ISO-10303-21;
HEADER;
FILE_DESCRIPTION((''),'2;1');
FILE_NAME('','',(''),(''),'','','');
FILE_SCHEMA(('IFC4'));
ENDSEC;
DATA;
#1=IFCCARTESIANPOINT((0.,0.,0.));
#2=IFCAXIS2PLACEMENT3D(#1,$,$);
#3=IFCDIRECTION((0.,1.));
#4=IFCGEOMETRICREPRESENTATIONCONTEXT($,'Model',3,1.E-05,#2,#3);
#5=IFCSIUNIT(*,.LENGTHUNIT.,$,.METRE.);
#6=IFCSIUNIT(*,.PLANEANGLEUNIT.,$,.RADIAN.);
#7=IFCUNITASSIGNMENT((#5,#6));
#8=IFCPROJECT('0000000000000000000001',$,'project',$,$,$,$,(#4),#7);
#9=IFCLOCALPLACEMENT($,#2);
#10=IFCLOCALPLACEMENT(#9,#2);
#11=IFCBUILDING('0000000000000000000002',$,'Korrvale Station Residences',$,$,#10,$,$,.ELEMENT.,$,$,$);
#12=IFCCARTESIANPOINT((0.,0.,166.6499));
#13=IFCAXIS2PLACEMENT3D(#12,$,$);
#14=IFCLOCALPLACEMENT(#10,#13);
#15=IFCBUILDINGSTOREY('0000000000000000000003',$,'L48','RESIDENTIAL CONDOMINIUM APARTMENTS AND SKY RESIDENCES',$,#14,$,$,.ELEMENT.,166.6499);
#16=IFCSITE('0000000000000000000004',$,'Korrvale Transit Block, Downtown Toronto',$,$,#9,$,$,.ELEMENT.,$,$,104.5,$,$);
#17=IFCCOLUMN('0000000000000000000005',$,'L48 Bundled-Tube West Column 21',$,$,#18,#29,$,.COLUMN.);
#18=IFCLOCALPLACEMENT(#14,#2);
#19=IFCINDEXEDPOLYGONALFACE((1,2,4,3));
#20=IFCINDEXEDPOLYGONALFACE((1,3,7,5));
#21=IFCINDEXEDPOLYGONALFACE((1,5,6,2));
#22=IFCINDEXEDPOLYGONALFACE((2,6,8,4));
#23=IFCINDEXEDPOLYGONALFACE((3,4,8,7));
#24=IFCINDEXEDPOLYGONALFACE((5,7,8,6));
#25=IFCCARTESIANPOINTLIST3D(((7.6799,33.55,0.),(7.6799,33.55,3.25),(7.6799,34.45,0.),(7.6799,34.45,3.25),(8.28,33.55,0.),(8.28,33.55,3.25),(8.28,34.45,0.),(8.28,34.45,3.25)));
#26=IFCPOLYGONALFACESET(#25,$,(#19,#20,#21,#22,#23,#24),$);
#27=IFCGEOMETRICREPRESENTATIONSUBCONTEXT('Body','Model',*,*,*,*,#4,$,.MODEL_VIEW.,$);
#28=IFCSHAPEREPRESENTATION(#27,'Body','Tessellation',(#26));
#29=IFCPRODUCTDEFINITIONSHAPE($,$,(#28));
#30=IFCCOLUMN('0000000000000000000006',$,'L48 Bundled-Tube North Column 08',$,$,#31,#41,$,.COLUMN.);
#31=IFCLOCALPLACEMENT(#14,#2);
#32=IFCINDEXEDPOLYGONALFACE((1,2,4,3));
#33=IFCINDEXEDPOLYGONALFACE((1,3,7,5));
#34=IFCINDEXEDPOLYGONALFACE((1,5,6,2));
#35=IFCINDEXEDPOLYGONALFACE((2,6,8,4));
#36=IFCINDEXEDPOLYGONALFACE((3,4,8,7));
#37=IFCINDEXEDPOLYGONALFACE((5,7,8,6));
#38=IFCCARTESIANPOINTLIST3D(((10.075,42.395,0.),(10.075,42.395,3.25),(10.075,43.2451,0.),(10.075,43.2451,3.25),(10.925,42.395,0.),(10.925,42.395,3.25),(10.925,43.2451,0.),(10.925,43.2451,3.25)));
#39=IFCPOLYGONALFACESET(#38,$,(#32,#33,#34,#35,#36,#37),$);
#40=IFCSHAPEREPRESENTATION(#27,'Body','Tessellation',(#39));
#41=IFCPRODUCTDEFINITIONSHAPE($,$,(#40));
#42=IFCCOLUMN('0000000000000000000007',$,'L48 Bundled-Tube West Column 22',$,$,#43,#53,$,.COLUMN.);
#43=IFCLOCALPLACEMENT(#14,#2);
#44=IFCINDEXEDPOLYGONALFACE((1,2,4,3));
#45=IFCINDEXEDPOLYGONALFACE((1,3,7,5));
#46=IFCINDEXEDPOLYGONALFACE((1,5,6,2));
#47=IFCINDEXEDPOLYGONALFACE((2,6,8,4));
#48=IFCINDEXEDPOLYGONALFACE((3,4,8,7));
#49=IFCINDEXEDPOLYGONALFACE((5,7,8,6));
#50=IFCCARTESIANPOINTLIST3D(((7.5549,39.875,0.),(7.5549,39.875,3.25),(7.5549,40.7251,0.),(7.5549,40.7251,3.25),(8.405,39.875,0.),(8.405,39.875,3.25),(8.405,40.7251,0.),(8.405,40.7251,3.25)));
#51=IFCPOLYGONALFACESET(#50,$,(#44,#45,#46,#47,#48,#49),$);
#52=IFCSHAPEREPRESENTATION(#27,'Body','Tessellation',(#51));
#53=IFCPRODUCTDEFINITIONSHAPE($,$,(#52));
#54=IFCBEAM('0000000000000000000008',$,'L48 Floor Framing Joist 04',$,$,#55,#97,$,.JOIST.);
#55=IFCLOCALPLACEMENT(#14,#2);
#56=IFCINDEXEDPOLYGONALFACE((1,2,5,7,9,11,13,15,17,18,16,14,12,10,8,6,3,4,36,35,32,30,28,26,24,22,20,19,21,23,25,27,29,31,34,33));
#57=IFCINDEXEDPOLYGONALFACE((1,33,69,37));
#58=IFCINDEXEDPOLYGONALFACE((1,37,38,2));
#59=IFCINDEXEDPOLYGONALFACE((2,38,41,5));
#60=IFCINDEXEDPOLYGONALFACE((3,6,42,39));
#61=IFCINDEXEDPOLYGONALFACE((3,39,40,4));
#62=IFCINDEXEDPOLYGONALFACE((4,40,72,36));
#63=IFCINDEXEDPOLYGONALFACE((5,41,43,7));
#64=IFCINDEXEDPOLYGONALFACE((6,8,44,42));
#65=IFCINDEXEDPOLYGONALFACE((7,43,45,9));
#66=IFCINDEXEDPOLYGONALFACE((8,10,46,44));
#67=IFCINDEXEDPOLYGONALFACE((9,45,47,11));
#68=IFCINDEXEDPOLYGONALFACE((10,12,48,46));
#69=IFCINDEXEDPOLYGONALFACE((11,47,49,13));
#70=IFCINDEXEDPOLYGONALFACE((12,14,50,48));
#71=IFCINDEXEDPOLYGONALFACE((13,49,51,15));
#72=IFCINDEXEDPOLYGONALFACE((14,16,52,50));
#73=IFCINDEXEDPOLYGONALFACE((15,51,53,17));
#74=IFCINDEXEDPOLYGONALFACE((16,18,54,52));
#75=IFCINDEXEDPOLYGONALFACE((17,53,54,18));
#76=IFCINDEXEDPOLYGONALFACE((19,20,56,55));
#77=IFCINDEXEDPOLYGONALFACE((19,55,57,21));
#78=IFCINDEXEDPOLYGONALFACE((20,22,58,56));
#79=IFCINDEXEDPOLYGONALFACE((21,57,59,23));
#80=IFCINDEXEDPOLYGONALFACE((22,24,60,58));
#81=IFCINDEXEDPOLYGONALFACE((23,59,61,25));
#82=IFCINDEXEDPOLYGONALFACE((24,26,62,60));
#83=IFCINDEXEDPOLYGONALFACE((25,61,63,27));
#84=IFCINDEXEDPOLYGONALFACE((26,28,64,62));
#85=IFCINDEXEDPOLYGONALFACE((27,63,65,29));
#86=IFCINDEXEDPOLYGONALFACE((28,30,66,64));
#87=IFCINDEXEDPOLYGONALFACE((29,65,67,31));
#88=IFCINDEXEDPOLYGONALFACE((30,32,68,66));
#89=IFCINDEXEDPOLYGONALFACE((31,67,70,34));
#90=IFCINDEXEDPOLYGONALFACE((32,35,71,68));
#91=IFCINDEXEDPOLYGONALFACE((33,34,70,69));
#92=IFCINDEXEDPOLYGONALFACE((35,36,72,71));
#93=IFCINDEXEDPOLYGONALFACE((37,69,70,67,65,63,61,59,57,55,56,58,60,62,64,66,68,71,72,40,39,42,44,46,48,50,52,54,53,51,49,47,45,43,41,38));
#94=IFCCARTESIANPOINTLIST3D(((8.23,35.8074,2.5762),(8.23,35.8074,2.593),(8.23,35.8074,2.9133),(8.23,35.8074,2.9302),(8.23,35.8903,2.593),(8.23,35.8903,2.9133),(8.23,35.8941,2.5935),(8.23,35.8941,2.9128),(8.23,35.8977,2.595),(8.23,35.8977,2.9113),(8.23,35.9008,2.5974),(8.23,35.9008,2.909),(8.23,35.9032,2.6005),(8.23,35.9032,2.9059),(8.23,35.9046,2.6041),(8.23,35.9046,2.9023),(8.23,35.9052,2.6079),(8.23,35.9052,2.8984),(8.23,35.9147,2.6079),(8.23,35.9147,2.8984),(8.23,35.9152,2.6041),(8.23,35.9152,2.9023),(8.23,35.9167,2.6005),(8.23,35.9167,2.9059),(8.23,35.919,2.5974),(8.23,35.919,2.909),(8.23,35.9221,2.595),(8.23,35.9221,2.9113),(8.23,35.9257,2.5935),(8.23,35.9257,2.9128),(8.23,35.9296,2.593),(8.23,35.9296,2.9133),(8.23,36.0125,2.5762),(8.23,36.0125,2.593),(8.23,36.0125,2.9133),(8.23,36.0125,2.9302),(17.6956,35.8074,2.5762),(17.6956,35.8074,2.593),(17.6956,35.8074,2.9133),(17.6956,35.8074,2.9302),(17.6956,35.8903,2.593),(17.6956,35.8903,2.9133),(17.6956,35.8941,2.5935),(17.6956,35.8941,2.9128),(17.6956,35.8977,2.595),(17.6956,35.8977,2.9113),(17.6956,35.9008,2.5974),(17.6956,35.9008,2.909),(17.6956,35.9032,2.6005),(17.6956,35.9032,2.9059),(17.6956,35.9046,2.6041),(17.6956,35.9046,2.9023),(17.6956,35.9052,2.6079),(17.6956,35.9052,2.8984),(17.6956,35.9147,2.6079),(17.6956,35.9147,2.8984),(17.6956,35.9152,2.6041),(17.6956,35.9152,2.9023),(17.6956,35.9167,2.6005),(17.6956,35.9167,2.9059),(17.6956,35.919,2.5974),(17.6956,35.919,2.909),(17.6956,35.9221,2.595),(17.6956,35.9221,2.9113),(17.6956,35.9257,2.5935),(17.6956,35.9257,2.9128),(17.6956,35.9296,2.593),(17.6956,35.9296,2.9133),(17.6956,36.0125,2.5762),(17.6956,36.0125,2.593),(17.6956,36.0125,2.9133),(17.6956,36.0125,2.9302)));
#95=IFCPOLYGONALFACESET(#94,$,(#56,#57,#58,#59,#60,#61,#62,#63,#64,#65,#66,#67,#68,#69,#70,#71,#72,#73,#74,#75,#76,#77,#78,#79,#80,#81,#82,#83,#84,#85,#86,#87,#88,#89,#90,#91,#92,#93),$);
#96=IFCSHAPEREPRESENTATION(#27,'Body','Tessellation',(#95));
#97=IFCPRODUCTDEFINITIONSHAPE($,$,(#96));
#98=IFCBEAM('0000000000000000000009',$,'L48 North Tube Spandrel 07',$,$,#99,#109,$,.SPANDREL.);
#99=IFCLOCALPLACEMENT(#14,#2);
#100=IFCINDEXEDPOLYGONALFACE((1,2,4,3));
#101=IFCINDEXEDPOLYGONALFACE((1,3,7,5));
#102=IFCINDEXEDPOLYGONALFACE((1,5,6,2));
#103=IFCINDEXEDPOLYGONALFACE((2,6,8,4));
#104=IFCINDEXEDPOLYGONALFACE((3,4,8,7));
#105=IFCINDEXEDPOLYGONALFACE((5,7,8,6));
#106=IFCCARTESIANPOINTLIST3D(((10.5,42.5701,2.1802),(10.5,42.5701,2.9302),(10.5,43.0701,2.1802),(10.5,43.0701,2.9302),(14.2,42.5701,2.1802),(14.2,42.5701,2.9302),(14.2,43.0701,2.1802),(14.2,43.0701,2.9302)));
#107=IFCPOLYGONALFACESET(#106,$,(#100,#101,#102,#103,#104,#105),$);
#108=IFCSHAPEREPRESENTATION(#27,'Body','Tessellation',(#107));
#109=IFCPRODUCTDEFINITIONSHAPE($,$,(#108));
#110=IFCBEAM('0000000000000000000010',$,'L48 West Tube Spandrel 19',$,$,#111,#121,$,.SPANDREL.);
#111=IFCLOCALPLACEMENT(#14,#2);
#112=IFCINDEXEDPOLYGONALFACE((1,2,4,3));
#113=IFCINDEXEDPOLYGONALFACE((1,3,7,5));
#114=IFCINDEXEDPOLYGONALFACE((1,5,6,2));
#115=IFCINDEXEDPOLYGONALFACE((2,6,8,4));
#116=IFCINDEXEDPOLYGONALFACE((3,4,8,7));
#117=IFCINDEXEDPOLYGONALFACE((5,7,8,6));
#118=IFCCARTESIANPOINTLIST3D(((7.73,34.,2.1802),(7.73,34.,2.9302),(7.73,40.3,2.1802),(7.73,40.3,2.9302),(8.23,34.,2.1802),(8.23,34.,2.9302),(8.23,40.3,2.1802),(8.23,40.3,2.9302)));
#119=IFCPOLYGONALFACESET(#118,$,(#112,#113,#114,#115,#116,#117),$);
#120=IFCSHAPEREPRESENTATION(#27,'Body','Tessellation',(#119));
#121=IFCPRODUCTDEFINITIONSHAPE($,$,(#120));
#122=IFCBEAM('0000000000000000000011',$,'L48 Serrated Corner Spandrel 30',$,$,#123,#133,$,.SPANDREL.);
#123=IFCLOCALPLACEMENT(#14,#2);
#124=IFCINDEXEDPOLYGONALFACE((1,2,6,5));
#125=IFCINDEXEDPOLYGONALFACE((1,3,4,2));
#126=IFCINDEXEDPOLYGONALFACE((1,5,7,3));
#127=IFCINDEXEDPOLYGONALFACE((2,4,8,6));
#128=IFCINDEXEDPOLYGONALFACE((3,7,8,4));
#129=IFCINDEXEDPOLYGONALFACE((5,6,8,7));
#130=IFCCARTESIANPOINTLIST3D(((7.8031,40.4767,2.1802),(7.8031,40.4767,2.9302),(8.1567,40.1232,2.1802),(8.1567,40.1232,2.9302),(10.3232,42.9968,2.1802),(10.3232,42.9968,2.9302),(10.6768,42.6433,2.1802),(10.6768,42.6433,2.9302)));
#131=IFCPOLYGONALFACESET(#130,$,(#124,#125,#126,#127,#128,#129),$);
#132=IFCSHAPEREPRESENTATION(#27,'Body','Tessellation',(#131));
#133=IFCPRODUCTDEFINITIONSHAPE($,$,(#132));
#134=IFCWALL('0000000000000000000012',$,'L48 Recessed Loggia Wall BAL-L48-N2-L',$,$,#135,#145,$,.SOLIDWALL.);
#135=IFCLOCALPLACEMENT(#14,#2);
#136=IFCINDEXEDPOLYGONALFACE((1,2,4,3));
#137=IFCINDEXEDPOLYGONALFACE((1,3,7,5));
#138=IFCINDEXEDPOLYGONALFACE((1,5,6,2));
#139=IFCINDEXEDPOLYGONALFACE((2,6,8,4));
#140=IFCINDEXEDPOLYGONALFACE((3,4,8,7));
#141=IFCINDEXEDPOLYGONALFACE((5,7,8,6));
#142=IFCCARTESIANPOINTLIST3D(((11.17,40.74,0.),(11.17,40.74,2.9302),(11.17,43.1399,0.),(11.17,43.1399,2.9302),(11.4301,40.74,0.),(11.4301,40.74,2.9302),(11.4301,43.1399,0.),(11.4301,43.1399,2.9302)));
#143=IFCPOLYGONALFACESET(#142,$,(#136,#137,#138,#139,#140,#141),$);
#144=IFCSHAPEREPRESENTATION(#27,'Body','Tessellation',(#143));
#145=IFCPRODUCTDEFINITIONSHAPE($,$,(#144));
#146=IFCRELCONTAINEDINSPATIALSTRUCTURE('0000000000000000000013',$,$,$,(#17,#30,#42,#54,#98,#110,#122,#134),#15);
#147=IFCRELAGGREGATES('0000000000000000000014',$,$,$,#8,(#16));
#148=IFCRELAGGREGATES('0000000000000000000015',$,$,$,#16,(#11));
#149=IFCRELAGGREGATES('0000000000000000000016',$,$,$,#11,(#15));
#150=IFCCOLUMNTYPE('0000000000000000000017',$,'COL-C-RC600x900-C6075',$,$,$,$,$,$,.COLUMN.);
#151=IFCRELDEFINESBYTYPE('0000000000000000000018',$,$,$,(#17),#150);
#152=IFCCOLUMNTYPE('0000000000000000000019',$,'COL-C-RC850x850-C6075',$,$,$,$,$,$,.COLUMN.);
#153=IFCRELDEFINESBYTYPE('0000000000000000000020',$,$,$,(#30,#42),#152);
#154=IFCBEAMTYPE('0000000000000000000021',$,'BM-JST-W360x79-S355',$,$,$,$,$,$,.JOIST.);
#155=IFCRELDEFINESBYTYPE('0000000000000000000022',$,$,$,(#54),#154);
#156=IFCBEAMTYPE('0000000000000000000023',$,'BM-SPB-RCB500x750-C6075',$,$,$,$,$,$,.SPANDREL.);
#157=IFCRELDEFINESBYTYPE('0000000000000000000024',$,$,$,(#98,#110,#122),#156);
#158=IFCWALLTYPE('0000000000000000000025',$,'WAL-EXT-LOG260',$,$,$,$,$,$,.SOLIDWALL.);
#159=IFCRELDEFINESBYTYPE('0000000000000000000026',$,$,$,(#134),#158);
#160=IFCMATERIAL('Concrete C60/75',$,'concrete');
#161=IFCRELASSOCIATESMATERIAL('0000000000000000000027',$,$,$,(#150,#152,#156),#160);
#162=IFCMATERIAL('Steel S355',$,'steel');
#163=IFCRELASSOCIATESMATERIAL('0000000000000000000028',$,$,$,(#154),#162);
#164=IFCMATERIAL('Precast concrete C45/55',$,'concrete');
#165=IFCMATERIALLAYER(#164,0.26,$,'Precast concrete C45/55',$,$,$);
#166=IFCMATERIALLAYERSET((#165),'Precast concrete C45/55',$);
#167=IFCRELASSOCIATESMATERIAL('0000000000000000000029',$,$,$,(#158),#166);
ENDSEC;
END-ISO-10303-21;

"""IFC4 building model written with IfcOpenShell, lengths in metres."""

from ifc_helpers import new_model, si_unit, direction, frame, frame_2d, origin, origin_2d, place, context, subcontext, project, spatial, rectangle, i_section, extrude, material, layer, layer_set, material_profile, profile_set, type_object, element, save


model = new_model("IFC4")

# Units and contexts
model_context = context("Model", 3, precision=1e-05, world=origin(), true_north=direction((0.0, 1.0)))
body_context = subcontext(model_context, "Body", "Model", "MODEL_VIEW")
ifc_project = project(units=[si_unit("LENGTHUNIT", "METRE"), si_unit("PLANEANGLEUNIT", "RADIAN")], contexts=[model_context])

# Site, building, storey
site_placement = place(None, origin())
site = spatial("IfcSite", under=ifc_project, at=site_placement, Name="Korrvale Transit Block, Downtown Toronto", CompositionType="ELEMENT", RefElevation=104.5)
building_placement = place(site_placement, origin())
building = spatial("IfcBuilding", under=site, at=building_placement, Name="Korrvale Station Residences", CompositionType="ELEMENT")
storey_placement = place(building_placement, frame((0.0, 0.0, 166.6499)))
storey = spatial("IfcBuildingStorey", under=building, at=storey_placement, Name="L48", Description="RESIDENTIAL CONDOMINIUM APARTMENTS AND SKY RESIDENCES", CompositionType="ELEMENT", Elevation=166.6499)

# Columns
ifc_material_1 = material(Name="Concrete C60/75", Category="concrete")
ifc_material_profile_1 = material_profile(ifc_material_1, rectangle(XDim=0.6001, YDim=0.8999, at=origin_2d()), Name="RC600x900")
ifc_profile_set_1 = profile_set([ifc_material_profile_1], Name="Concrete C60/75")
column_type_1 = type_object("IfcColumnType", Name="COL-C-RC600x900-C6075", PredefinedType="COLUMN", material=ifc_profile_set_1)
column_placement = place(storey_placement, frame((7.98, 34.0, 0.0), z_axis=(0.0, 0.0, 1.0), x_axis=(1.0, 0.0, 0.0)))
element("IfcColumn", 1, at=column_placement, inside=storey, type_object=column_type_1, Name="L48 Bundled-Tube West Column 21", PredefinedType="COLUMN", context=body_context, shape_type="SweptSolid", body=[
    extrude(rectangle(XDim=0.6001, YDim=0.8999, at=origin_2d()), origin(), (0.0, 0.0, 1.0), 3.25),
])
ifc_material_profile_2 = material_profile(ifc_material_1, rectangle(XDim=0.8501, YDim=0.8501, at=origin_2d()), Name="RC850x850")
ifc_profile_set_2 = profile_set([ifc_material_profile_2], Name="Concrete C60/75")
column_type_2 = type_object("IfcColumnType", Name="COL-C-RC850x850-C6075", PredefinedType="COLUMN", material=ifc_profile_set_2)
for number, where, z_axis, x_axis, name in (
    (2, (10.5, 42.8201, 0.0), (0.0, 0.0, 1.0), (1.0, 0.0, 0.0), "L48 Bundled-Tube North Column 08"),
    (3, (7.98, 40.3, 0.0), (0.0, 0.0, 1.0), (1.0, 0.0, 0.0), "L48 Bundled-Tube West Column 22"),
):
    element("IfcColumn", number, at=place(storey_placement, frame(where, z_axis=z_axis, x_axis=x_axis)), inside=storey, type_object=column_type_2, Name=name, PredefinedType="COLUMN", context=body_context, shape_type="SweptSolid", body=[
        extrude(rectangle(XDim=0.8501, YDim=0.8501, at=origin_2d()), origin(), (0.0, 0.0, 1.0), 3.25),
    ])

# Beams
ifc_material_2 = material(Name="Steel S355", Category="steel")
ifc_material_profile_3 = material_profile(ifc_material_2, i_section(OverallWidth=0.2051, OverallDepth=0.354, WebThickness=0.0095, FlangeThickness=0.0168, FilletRadius=0.0149, at=origin_2d()), Name="W360x79")
ifc_profile_set_3 = profile_set([ifc_material_profile_3], Name="Steel S355")
beam_type_1 = type_object("IfcBeamType", Name="BM-JST-W360x79-S355", PredefinedType="JOIST", material=ifc_profile_set_3)
beam_1_placement = place(storey_placement, frame((8.23, 35.9099, 2.7532), z_axis=(1.0, 0.0, 0.0), x_axis=(0.0, 1.0, 0.0)))
element("IfcBeam", 4, at=beam_1_placement, inside=storey, type_object=beam_type_1, Name="L48 Floor Framing Joist 04", PredefinedType="JOIST", context=body_context, shape_type="SweptSolid", body=[
    extrude(i_section(OverallWidth=0.2051, OverallDepth=0.354, WebThickness=0.0095, FlangeThickness=0.0168, FilletRadius=0.0149, at=origin_2d()), origin(), (0.0, 0.0, 1.0), 9.4656),
])
ifc_material_profile_4 = material_profile(ifc_material_1, rectangle(XDim=0.5, YDim=0.75, at=origin_2d()), Name="RCB500x750")
ifc_profile_set_4 = profile_set([ifc_material_profile_4], Name="Concrete C60/75")
beam_type_2 = type_object("IfcBeamType", Name="BM-SPB-RCB500x750-C6075", PredefinedType="SPANDREL", material=ifc_profile_set_4)
beam_2_placement = place(storey_placement, frame((10.5, 42.8201, 2.5552), z_axis=(1.0, 0.0, 0.0), x_axis=(0.0, 1.0, 0.0)))
element("IfcBeam", 5, at=beam_2_placement, inside=storey, type_object=beam_type_2, Name="L48 North Tube Spandrel 07", PredefinedType="SPANDREL", context=body_context, shape_type="SweptSolid", body=[
    extrude(rectangle(XDim=0.5, YDim=0.75, at=origin_2d()), origin(), (0.0, 0.0, 1.0), 3.7),
])
beam_3_placement = place(storey_placement, frame((7.98, 34.0, 2.5552), z_axis=(0.0, 1.0, 0.0), x_axis=(-1.0, 0.0, 0.0)))
element("IfcBeam", 6, at=beam_3_placement, inside=storey, type_object=beam_type_2, Name="L48 West Tube Spandrel 19", PredefinedType="SPANDREL", context=body_context, shape_type="SweptSolid", body=[
    extrude(rectangle(XDim=0.5, YDim=0.75, at=origin_2d()), origin(), (0.0, 0.0, 1.0), 6.3),
])
beam_4_placement = place(storey_placement, frame((10.5, 42.8201, 2.5552), z_axis=(-0.707107, -0.707107, 0.0), x_axis=(0.707107, -0.707107, 0.0)))
element("IfcBeam", 7, at=beam_4_placement, inside=storey, type_object=beam_type_2, Name="L48 Serrated Corner Spandrel 30", PredefinedType="SPANDREL", context=body_context, shape_type="SweptSolid", body=[
    extrude(rectangle(XDim=0.5, YDim=0.75, at=origin_2d()), origin(), (0.0, 0.0, 1.0), 3.564),
])

# Wall
ifc_material_3 = material(Name="Precast concrete C45/55", Category="concrete")
ifc_layer_1 = layer(ifc_material_3, 0.26, Name="Precast concrete C45/55")
ifc_layer_set_1 = layer_set([ifc_layer_1], Name="Precast concrete C45/55")
wall_type_1 = type_object("IfcWallType", Name="WAL-EXT-LOG260", PredefinedType="SOLIDWALL", material=ifc_layer_set_1)
wall_1_placement = place(storey_placement, frame((11.3, 43.1399, 0.0), z_axis=(0.0, 0.0, 1.0), x_axis=(0.0, -1.0, 0.0)))
element("IfcWall", 8, at=wall_1_placement, inside=storey, type_object=wall_type_1, Name="L48 Recessed Loggia Wall BAL-L48-N2-L", PredefinedType="SOLIDWALL", context=body_context, shape_type="SweptSolid", body=[
    extrude(rectangle(XDim=2.3999, YDim=0.26, at=frame_2d((1.2, 0.0))), origin(), (0.0, 0.0, 1.0), 2.9302),
])

save(model, "model.ifc")
